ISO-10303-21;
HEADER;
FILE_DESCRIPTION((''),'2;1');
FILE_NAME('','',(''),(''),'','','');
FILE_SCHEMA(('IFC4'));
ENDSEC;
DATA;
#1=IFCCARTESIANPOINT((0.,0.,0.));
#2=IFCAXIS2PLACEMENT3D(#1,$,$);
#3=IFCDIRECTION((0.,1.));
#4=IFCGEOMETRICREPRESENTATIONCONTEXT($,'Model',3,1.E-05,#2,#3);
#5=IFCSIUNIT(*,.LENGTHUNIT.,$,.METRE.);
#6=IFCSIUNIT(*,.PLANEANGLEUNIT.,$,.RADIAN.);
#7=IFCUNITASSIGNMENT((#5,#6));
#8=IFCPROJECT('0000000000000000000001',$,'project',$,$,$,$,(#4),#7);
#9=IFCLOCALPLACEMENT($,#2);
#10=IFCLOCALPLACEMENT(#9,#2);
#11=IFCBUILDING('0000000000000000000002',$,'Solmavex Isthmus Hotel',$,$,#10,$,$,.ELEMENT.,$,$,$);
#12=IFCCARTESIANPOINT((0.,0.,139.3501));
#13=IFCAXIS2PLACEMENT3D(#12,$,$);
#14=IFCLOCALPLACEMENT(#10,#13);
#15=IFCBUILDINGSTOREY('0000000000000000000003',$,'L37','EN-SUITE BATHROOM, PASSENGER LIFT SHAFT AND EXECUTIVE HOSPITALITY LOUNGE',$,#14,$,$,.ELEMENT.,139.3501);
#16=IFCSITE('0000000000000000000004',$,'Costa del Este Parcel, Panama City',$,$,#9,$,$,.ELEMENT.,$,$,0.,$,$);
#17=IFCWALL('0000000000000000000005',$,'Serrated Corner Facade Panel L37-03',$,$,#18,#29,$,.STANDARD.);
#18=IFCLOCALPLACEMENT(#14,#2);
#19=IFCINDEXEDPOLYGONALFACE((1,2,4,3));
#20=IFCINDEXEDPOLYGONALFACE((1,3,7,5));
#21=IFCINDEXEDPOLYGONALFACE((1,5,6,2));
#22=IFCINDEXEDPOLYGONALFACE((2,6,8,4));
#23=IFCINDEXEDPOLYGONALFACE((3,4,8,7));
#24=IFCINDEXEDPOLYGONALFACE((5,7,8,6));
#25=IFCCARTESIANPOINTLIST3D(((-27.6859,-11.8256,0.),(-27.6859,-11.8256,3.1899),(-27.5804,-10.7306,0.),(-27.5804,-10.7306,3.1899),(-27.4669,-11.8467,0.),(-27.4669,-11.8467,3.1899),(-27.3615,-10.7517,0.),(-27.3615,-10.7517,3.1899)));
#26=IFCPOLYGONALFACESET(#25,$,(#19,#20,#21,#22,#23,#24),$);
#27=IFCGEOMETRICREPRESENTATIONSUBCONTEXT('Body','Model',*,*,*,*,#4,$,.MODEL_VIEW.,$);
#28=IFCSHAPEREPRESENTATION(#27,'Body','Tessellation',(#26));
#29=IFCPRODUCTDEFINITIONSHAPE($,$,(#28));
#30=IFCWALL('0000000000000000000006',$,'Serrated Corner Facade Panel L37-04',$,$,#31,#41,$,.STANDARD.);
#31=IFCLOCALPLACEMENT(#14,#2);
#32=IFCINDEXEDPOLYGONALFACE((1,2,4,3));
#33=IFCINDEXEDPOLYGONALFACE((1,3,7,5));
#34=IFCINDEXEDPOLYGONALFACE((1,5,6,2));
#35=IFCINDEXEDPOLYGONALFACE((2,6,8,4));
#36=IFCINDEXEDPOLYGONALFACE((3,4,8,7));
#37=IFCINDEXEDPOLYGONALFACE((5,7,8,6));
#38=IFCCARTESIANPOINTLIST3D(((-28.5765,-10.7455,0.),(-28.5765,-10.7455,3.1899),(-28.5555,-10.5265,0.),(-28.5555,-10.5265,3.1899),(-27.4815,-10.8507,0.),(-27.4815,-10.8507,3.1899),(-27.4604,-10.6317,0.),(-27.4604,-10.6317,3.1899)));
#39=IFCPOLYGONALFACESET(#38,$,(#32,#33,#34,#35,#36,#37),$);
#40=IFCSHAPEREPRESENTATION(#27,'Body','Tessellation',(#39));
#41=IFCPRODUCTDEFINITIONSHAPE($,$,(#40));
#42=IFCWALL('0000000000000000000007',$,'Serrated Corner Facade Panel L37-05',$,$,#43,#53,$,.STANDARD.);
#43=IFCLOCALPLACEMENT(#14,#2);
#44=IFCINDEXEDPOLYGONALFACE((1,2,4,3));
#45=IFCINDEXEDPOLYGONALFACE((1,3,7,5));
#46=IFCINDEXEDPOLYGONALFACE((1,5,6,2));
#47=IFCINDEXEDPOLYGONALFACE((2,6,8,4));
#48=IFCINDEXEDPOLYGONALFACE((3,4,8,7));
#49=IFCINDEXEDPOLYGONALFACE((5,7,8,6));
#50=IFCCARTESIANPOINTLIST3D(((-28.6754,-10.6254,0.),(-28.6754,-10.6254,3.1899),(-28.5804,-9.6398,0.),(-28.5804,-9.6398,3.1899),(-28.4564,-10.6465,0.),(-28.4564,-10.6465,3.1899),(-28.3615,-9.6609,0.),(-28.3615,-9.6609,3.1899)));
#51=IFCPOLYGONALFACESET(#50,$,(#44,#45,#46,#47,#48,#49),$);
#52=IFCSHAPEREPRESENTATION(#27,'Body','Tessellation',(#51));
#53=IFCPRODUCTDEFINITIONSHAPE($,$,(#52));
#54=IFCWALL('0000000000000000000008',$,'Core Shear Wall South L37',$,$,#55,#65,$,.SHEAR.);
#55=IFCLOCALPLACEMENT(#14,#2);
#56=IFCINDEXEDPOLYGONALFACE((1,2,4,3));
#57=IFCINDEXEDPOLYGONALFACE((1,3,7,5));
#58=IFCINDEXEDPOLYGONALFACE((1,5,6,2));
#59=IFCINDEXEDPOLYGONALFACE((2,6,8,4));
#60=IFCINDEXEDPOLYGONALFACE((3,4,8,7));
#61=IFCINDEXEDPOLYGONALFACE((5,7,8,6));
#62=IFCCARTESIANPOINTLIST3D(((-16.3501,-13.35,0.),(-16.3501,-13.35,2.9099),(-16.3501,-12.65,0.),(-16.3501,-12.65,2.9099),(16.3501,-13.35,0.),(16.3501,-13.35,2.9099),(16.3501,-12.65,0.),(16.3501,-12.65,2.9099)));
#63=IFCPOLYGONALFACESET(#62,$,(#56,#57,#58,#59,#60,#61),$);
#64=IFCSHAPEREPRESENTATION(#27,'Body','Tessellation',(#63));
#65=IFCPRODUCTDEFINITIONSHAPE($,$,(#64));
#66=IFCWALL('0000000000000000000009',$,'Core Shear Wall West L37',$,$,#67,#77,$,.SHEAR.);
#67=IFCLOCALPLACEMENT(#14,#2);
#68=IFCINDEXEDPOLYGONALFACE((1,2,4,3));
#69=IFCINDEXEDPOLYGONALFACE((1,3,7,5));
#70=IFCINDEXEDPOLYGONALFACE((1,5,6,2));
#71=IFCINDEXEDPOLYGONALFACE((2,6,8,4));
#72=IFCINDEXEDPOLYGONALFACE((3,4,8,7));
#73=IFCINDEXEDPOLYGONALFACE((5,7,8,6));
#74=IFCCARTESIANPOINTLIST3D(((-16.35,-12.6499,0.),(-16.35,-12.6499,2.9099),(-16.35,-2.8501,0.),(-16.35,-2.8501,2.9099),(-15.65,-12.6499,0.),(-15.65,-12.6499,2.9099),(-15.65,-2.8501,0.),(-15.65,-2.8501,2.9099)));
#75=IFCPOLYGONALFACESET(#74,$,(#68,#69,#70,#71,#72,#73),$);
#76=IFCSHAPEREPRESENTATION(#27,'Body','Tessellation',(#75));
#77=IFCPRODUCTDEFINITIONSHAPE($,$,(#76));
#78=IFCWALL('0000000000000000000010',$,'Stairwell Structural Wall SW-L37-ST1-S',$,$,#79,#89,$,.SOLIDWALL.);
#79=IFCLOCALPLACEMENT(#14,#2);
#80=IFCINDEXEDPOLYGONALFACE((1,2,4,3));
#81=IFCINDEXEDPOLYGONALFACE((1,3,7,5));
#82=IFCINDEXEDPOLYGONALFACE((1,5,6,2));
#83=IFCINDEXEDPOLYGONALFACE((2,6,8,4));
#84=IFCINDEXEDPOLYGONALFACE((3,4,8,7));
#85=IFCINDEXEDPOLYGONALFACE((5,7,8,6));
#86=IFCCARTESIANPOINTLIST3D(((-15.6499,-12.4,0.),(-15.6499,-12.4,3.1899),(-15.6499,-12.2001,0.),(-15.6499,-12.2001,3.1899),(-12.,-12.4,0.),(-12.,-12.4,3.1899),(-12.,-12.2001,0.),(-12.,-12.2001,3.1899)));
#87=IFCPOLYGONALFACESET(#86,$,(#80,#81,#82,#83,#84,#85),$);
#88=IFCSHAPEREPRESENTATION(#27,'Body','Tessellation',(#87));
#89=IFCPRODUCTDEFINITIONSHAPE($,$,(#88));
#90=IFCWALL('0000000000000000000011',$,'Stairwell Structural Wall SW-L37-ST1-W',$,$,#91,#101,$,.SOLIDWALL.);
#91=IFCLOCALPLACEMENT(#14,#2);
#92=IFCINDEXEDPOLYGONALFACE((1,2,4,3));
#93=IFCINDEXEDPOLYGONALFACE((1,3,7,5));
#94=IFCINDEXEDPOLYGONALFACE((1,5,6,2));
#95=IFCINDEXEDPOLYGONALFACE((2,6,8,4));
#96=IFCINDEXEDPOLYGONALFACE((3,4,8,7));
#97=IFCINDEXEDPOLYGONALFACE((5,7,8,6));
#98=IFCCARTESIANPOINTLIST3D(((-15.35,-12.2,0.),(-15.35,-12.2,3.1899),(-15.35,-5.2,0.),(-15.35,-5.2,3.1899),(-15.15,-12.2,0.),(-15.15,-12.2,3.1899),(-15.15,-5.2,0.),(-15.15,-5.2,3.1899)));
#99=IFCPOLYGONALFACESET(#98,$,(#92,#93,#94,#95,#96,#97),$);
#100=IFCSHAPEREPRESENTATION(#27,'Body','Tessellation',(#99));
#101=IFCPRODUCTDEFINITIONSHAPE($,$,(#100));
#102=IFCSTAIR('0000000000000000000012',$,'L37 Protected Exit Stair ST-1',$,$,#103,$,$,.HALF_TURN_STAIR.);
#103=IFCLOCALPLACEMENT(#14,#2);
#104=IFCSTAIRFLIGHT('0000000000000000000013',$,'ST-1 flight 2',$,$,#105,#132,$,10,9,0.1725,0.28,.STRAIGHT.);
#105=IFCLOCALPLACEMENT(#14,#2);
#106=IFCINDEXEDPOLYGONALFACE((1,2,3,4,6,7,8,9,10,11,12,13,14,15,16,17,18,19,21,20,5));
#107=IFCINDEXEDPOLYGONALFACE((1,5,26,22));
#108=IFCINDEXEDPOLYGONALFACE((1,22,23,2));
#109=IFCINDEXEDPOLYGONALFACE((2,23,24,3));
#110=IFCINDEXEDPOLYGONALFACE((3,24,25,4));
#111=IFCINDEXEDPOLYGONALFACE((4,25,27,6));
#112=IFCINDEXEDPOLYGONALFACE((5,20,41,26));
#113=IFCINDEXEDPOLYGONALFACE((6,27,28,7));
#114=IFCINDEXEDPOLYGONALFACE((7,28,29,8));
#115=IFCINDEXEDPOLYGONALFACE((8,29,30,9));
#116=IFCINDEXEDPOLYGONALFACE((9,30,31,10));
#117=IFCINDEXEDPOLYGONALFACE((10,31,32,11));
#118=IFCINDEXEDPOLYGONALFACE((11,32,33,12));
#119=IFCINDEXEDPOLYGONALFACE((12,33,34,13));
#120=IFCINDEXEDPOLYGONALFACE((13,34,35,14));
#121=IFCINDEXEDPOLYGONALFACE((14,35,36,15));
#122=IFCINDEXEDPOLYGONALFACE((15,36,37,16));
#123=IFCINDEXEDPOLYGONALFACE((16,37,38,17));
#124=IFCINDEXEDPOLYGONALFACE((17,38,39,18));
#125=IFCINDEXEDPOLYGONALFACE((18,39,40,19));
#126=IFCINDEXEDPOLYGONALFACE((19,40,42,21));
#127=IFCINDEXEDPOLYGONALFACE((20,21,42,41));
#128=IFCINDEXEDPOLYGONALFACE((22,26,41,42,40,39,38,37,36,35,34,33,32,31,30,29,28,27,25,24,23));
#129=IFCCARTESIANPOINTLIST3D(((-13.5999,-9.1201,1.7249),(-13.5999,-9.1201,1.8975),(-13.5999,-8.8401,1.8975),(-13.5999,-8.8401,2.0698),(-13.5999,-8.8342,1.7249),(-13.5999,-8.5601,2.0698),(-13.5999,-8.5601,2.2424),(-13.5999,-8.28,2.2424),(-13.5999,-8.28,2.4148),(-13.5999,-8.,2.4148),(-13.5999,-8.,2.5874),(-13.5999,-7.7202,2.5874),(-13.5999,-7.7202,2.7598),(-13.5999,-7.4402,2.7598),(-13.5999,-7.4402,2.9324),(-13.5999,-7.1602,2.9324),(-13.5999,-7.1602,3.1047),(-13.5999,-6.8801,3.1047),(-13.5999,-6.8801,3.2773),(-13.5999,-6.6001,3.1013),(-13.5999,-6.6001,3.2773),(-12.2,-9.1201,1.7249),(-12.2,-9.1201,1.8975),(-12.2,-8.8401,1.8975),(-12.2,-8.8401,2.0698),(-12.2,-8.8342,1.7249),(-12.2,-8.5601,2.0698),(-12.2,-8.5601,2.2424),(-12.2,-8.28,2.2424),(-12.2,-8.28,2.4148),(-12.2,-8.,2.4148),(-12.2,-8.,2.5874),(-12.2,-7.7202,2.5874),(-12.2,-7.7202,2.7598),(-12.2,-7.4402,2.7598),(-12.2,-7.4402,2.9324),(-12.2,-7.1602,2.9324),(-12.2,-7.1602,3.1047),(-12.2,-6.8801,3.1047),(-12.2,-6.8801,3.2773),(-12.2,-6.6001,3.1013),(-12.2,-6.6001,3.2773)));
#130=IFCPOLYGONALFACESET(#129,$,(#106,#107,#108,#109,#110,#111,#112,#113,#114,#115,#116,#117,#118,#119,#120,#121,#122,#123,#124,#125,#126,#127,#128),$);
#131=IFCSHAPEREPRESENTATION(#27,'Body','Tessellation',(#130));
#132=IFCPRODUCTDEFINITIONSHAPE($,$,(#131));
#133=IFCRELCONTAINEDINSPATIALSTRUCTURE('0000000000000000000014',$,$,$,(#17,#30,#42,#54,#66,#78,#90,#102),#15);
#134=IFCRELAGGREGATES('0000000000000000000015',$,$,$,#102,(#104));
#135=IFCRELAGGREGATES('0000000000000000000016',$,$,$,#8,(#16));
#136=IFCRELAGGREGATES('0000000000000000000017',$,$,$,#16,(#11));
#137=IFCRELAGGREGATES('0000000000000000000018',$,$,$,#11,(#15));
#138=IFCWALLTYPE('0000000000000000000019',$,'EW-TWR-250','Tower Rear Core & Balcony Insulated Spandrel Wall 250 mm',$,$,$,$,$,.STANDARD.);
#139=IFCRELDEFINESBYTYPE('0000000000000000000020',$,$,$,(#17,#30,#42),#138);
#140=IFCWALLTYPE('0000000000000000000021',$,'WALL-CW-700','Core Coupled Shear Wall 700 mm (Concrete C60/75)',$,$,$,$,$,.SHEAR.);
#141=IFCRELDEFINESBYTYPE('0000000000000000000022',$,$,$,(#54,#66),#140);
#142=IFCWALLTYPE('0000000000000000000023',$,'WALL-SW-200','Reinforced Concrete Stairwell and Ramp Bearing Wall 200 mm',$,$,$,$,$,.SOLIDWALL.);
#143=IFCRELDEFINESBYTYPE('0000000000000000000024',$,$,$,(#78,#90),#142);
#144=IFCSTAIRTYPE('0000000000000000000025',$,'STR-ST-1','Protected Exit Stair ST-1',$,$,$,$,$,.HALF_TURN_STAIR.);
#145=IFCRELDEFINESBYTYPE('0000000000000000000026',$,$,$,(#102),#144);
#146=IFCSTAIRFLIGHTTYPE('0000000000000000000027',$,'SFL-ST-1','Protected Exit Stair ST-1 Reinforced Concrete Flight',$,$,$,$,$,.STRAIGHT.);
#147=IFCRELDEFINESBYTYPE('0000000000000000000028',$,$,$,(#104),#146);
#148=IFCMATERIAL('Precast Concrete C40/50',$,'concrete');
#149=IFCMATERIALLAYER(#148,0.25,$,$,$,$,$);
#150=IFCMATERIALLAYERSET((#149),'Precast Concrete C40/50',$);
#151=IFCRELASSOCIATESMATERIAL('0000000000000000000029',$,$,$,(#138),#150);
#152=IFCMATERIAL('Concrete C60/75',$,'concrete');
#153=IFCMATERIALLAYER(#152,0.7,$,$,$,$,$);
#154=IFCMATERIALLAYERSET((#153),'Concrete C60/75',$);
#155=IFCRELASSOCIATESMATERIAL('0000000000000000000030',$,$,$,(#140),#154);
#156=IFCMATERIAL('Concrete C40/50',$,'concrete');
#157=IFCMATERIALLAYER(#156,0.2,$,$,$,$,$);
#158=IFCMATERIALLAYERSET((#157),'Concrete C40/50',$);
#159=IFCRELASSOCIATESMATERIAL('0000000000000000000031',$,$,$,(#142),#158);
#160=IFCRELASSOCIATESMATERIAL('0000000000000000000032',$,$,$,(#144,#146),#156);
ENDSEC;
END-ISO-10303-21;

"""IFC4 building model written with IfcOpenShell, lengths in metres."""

from ifc_helpers import new_model, si_unit, direction, frame, frame_2d, origin, place, context, subcontext, project, spatial, polyline, rectangle, outline, extrude, material, layer, layer_set, type_object, element, aggregate, save


model = new_model("IFC4")

# Units and contexts
model_context = context("Model", 3, precision=1e-05, world=origin(), true_north=direction((0.0, 1.0)))
body_context = subcontext(model_context, "Body", "Model", "MODEL_VIEW")
ifc_project = project(units=[si_unit("LENGTHUNIT", "METRE"), si_unit("PLANEANGLEUNIT", "RADIAN")], contexts=[model_context])

# Site, building, storey
site_placement = place(None, origin())
site = spatial("IfcSite", under=ifc_project, at=site_placement, Name="Costa del Este Parcel, Panama City", CompositionType="ELEMENT", RefElevation=0.0)
building_placement = place(site_placement, origin())
building = spatial("IfcBuilding", under=site, at=building_placement, Name="Solmavex Isthmus Hotel", CompositionType="ELEMENT")
storey_placement = place(building_placement, frame((0.0, 0.0, 139.3501)))
storey = spatial("IfcBuildingStorey", under=building, at=storey_placement, Name="L37", Description="EN-SUITE BATHROOM, PASSENGER LIFT SHAFT AND EXECUTIVE HOSPITALITY LOUNGE", CompositionType="ELEMENT", Elevation=139.3501)

# Shared definitions
ifc_material_1 = material(Name="Concrete C60/75", Category="concrete")

# Shared definitions
ifc_material_2 = material(Name="Precast Concrete C40/50", Category="concrete")
ifc_layer_1 = layer(ifc_material_2, 0.25)
ifc_layer_set_1 = layer_set([ifc_layer_1], Name="Precast Concrete C40/50")
wall_type_1 = type_object("IfcWallType", Name="EW-TWR-250", Description="Tower Rear Core & Balcony Insulated Spandrel Wall 250 mm", PredefinedType="STANDARD", material=ifc_layer_set_1)

# Walls
for number, where, z_axis, x_axis, name in (
    (1, (-27.5764, -11.8362, 0.0), (0.0, 0.0, 1.0), (0.095877, 0.995393, 0.0), "Serrated Corner Facade Panel L37-03"),
    (2, (-27.4709, -10.7412, 0.0), (0.0, 0.0, 1.0), (-0.995414, 0.095657, 0.0), "Serrated Corner Facade Panel L37-04"),
):
    element("IfcWall", number, at=place(storey_placement, frame(where, z_axis=z_axis, x_axis=x_axis)), inside=storey, type_object=wall_type_1, Name=name, PredefinedType="STANDARD", context=body_context, shape_type="SweptSolid", body=[
        extrude(rectangle(XDim=1.1001, YDim=0.22, at=frame_2d((0.55, 0.0))), origin(), (0.0, 0.0, 1.0), 3.1899),
    ])
wall_1_placement = place(storey_placement, frame((-28.5659, -10.636, 0.0), z_axis=(0.0, 0.0, 1.0), x_axis=(0.095914, 0.99539, 0.0)))
element("IfcWall", 3, at=wall_1_placement, inside=storey, type_object=wall_type_1, Name="Serrated Corner Facade Panel L37-05", PredefinedType="STANDARD", context=body_context, shape_type="SweptSolid", body=[
    extrude(rectangle(XDim=0.9902, YDim=0.22, at=frame_2d((0.4951, 0.0))), origin(), (0.0, 0.0, 1.0), 3.1899),
])
ifc_layer_2 = layer(ifc_material_1, 0.7)
ifc_layer_set_2 = layer_set([ifc_layer_2], Name="Concrete C60/75")
wall_type_2 = type_object("IfcWallType", Name="WALL-CW-700", Description="Core Coupled Shear Wall 700 mm (Concrete C60/75)", PredefinedType="SHEAR", material=ifc_layer_set_2)
wall_2_placement = place(storey_placement, frame((-16.3501, -13.0, 0.0), z_axis=(0.0, 0.0, 1.0), x_axis=(1.0, 0.0, 0.0)))
element("IfcWall", 4, at=wall_2_placement, inside=storey, type_object=wall_type_2, Name="Core Shear Wall South L37", PredefinedType="SHEAR", context=body_context, shape_type="SweptSolid", body=[
    extrude(rectangle(XDim=32.7002, YDim=0.7, at=frame_2d((16.3501, 0.0))), origin(), (0.0, 0.0, 1.0), 2.9099),
])
wall_3_placement = place(storey_placement, frame((-16.0, -12.6499, 0.0), z_axis=(0.0, 0.0, 1.0), x_axis=(0.0, 1.0, 0.0)))
element("IfcWall", 5, at=wall_3_placement, inside=storey, type_object=wall_type_2, Name="Core Shear Wall West L37", PredefinedType="SHEAR", context=body_context, shape_type="SweptSolid", body=[
    extrude(rectangle(XDim=9.7998, YDim=0.7, at=frame_2d((4.8999, 0.0))), origin(), (0.0, 0.0, 1.0), 2.9099),
])
ifc_material_3 = material(Name="Concrete C40/50", Category="concrete")
ifc_layer_3 = layer(ifc_material_3, 0.2)
ifc_layer_set_3 = layer_set([ifc_layer_3], Name="Concrete C40/50")
wall_type_3 = type_object("IfcWallType", Name="WALL-SW-200", Description="Reinforced Concrete Stairwell and Ramp Bearing Wall 200 mm", PredefinedType="SOLIDWALL", material=ifc_layer_set_3)
wall_4_placement = place(storey_placement, frame((-15.6499, -12.3, 0.0), z_axis=(0.0, 0.0, 1.0), x_axis=(1.0, 0.0, 0.0)))
element("IfcWall", 6, at=wall_4_placement, inside=storey, type_object=wall_type_3, Name="Stairwell Structural Wall SW-L37-ST1-S", PredefinedType="SOLIDWALL", context=body_context, shape_type="SweptSolid", body=[
    extrude(rectangle(XDim=3.6499, YDim=0.2, at=frame_2d((1.825, 0.0))), origin(), (0.0, 0.0, 1.0), 3.1899),
])
wall_5_placement = place(storey_placement, frame((-15.25, -12.2, 0.0), z_axis=(0.0, 0.0, 1.0), x_axis=(0.0, 1.0, 0.0)))
element("IfcWall", 7, at=wall_5_placement, inside=storey, type_object=wall_type_3, Name="Stairwell Structural Wall SW-L37-ST1-W", PredefinedType="SOLIDWALL", context=body_context, shape_type="SweptSolid", body=[
    extrude(rectangle(XDim=7.0, YDim=0.2, at=frame_2d((3.5, 0.0))), origin(), (0.0, 0.0, 1.0), 3.1899),
])

# Stair, stair flight
stair_type = type_object("IfcStairType", Name="STR-ST-1", Description="Protected Exit Stair ST-1", PredefinedType="HALF_TURN_STAIR", material=ifc_material_3)
stair_placement = place(storey_placement, origin())
stair = element("IfcStair", 8, at=stair_placement, inside=storey, type_object=stair_type, Name="L37 Protected Exit Stair ST-1", PredefinedType="HALF_TURN_STAIR")
stair_flight_type = type_object("IfcStairFlightType", Name="SFL-ST-1", Description="Protected Exit Stair ST-1 Reinforced Concrete Flight", PredefinedType="STRAIGHT", material=ifc_material_3)
stair_flight_placement = place(storey_placement, frame((-12.8999, -9.1201, 1.7249), z_axis=(0.0, 0.0, 1.0), x_axis=(0.0, 1.0, 0.0)))
stair_flight = element("IfcStairFlight", 9, at=stair_flight_placement, type_object=stair_flight_type, Name="ST-1 flight 2", NumberOfRisers=10, NumberOfTreads=9, PredefinedType="STRAIGHT", RiserHeight=0.1725, TreadLength=0.28, context=body_context, shape_type="SweptSolid", body=[
    extrude(outline(polyline([(0.0, 0.0), (0.0, 0.1726), (0.28, 0.1726), (0.28, 0.345), (0.5601, 0.345), (0.5601, 0.5176), (0.8401, 0.5176), (0.8401, 0.6899), (1.1201, 0.6899), (1.1201, 0.8625), (1.3999, 0.8625), (1.3999, 1.0349), (1.6799, 1.0349), (1.6799, 1.2075), (1.96, 1.2075), (1.96, 1.3799), (2.24, 1.3799), (2.24, 1.5525), (2.52, 1.5525), (2.52, 1.7251), (2.52, 1.3765), (0.2859, 0.0), (0.0, 0.0)])), frame((0.0, 0.7, 0.0), z_axis=(0.0, -1.0, 0.0), x_axis=(1.0, 0.0, 0.0)), (0.0, 0.0, 1.0), 1.3999),
])
aggregate(stair, [stair_flight])

save(model, "model.ifc")
